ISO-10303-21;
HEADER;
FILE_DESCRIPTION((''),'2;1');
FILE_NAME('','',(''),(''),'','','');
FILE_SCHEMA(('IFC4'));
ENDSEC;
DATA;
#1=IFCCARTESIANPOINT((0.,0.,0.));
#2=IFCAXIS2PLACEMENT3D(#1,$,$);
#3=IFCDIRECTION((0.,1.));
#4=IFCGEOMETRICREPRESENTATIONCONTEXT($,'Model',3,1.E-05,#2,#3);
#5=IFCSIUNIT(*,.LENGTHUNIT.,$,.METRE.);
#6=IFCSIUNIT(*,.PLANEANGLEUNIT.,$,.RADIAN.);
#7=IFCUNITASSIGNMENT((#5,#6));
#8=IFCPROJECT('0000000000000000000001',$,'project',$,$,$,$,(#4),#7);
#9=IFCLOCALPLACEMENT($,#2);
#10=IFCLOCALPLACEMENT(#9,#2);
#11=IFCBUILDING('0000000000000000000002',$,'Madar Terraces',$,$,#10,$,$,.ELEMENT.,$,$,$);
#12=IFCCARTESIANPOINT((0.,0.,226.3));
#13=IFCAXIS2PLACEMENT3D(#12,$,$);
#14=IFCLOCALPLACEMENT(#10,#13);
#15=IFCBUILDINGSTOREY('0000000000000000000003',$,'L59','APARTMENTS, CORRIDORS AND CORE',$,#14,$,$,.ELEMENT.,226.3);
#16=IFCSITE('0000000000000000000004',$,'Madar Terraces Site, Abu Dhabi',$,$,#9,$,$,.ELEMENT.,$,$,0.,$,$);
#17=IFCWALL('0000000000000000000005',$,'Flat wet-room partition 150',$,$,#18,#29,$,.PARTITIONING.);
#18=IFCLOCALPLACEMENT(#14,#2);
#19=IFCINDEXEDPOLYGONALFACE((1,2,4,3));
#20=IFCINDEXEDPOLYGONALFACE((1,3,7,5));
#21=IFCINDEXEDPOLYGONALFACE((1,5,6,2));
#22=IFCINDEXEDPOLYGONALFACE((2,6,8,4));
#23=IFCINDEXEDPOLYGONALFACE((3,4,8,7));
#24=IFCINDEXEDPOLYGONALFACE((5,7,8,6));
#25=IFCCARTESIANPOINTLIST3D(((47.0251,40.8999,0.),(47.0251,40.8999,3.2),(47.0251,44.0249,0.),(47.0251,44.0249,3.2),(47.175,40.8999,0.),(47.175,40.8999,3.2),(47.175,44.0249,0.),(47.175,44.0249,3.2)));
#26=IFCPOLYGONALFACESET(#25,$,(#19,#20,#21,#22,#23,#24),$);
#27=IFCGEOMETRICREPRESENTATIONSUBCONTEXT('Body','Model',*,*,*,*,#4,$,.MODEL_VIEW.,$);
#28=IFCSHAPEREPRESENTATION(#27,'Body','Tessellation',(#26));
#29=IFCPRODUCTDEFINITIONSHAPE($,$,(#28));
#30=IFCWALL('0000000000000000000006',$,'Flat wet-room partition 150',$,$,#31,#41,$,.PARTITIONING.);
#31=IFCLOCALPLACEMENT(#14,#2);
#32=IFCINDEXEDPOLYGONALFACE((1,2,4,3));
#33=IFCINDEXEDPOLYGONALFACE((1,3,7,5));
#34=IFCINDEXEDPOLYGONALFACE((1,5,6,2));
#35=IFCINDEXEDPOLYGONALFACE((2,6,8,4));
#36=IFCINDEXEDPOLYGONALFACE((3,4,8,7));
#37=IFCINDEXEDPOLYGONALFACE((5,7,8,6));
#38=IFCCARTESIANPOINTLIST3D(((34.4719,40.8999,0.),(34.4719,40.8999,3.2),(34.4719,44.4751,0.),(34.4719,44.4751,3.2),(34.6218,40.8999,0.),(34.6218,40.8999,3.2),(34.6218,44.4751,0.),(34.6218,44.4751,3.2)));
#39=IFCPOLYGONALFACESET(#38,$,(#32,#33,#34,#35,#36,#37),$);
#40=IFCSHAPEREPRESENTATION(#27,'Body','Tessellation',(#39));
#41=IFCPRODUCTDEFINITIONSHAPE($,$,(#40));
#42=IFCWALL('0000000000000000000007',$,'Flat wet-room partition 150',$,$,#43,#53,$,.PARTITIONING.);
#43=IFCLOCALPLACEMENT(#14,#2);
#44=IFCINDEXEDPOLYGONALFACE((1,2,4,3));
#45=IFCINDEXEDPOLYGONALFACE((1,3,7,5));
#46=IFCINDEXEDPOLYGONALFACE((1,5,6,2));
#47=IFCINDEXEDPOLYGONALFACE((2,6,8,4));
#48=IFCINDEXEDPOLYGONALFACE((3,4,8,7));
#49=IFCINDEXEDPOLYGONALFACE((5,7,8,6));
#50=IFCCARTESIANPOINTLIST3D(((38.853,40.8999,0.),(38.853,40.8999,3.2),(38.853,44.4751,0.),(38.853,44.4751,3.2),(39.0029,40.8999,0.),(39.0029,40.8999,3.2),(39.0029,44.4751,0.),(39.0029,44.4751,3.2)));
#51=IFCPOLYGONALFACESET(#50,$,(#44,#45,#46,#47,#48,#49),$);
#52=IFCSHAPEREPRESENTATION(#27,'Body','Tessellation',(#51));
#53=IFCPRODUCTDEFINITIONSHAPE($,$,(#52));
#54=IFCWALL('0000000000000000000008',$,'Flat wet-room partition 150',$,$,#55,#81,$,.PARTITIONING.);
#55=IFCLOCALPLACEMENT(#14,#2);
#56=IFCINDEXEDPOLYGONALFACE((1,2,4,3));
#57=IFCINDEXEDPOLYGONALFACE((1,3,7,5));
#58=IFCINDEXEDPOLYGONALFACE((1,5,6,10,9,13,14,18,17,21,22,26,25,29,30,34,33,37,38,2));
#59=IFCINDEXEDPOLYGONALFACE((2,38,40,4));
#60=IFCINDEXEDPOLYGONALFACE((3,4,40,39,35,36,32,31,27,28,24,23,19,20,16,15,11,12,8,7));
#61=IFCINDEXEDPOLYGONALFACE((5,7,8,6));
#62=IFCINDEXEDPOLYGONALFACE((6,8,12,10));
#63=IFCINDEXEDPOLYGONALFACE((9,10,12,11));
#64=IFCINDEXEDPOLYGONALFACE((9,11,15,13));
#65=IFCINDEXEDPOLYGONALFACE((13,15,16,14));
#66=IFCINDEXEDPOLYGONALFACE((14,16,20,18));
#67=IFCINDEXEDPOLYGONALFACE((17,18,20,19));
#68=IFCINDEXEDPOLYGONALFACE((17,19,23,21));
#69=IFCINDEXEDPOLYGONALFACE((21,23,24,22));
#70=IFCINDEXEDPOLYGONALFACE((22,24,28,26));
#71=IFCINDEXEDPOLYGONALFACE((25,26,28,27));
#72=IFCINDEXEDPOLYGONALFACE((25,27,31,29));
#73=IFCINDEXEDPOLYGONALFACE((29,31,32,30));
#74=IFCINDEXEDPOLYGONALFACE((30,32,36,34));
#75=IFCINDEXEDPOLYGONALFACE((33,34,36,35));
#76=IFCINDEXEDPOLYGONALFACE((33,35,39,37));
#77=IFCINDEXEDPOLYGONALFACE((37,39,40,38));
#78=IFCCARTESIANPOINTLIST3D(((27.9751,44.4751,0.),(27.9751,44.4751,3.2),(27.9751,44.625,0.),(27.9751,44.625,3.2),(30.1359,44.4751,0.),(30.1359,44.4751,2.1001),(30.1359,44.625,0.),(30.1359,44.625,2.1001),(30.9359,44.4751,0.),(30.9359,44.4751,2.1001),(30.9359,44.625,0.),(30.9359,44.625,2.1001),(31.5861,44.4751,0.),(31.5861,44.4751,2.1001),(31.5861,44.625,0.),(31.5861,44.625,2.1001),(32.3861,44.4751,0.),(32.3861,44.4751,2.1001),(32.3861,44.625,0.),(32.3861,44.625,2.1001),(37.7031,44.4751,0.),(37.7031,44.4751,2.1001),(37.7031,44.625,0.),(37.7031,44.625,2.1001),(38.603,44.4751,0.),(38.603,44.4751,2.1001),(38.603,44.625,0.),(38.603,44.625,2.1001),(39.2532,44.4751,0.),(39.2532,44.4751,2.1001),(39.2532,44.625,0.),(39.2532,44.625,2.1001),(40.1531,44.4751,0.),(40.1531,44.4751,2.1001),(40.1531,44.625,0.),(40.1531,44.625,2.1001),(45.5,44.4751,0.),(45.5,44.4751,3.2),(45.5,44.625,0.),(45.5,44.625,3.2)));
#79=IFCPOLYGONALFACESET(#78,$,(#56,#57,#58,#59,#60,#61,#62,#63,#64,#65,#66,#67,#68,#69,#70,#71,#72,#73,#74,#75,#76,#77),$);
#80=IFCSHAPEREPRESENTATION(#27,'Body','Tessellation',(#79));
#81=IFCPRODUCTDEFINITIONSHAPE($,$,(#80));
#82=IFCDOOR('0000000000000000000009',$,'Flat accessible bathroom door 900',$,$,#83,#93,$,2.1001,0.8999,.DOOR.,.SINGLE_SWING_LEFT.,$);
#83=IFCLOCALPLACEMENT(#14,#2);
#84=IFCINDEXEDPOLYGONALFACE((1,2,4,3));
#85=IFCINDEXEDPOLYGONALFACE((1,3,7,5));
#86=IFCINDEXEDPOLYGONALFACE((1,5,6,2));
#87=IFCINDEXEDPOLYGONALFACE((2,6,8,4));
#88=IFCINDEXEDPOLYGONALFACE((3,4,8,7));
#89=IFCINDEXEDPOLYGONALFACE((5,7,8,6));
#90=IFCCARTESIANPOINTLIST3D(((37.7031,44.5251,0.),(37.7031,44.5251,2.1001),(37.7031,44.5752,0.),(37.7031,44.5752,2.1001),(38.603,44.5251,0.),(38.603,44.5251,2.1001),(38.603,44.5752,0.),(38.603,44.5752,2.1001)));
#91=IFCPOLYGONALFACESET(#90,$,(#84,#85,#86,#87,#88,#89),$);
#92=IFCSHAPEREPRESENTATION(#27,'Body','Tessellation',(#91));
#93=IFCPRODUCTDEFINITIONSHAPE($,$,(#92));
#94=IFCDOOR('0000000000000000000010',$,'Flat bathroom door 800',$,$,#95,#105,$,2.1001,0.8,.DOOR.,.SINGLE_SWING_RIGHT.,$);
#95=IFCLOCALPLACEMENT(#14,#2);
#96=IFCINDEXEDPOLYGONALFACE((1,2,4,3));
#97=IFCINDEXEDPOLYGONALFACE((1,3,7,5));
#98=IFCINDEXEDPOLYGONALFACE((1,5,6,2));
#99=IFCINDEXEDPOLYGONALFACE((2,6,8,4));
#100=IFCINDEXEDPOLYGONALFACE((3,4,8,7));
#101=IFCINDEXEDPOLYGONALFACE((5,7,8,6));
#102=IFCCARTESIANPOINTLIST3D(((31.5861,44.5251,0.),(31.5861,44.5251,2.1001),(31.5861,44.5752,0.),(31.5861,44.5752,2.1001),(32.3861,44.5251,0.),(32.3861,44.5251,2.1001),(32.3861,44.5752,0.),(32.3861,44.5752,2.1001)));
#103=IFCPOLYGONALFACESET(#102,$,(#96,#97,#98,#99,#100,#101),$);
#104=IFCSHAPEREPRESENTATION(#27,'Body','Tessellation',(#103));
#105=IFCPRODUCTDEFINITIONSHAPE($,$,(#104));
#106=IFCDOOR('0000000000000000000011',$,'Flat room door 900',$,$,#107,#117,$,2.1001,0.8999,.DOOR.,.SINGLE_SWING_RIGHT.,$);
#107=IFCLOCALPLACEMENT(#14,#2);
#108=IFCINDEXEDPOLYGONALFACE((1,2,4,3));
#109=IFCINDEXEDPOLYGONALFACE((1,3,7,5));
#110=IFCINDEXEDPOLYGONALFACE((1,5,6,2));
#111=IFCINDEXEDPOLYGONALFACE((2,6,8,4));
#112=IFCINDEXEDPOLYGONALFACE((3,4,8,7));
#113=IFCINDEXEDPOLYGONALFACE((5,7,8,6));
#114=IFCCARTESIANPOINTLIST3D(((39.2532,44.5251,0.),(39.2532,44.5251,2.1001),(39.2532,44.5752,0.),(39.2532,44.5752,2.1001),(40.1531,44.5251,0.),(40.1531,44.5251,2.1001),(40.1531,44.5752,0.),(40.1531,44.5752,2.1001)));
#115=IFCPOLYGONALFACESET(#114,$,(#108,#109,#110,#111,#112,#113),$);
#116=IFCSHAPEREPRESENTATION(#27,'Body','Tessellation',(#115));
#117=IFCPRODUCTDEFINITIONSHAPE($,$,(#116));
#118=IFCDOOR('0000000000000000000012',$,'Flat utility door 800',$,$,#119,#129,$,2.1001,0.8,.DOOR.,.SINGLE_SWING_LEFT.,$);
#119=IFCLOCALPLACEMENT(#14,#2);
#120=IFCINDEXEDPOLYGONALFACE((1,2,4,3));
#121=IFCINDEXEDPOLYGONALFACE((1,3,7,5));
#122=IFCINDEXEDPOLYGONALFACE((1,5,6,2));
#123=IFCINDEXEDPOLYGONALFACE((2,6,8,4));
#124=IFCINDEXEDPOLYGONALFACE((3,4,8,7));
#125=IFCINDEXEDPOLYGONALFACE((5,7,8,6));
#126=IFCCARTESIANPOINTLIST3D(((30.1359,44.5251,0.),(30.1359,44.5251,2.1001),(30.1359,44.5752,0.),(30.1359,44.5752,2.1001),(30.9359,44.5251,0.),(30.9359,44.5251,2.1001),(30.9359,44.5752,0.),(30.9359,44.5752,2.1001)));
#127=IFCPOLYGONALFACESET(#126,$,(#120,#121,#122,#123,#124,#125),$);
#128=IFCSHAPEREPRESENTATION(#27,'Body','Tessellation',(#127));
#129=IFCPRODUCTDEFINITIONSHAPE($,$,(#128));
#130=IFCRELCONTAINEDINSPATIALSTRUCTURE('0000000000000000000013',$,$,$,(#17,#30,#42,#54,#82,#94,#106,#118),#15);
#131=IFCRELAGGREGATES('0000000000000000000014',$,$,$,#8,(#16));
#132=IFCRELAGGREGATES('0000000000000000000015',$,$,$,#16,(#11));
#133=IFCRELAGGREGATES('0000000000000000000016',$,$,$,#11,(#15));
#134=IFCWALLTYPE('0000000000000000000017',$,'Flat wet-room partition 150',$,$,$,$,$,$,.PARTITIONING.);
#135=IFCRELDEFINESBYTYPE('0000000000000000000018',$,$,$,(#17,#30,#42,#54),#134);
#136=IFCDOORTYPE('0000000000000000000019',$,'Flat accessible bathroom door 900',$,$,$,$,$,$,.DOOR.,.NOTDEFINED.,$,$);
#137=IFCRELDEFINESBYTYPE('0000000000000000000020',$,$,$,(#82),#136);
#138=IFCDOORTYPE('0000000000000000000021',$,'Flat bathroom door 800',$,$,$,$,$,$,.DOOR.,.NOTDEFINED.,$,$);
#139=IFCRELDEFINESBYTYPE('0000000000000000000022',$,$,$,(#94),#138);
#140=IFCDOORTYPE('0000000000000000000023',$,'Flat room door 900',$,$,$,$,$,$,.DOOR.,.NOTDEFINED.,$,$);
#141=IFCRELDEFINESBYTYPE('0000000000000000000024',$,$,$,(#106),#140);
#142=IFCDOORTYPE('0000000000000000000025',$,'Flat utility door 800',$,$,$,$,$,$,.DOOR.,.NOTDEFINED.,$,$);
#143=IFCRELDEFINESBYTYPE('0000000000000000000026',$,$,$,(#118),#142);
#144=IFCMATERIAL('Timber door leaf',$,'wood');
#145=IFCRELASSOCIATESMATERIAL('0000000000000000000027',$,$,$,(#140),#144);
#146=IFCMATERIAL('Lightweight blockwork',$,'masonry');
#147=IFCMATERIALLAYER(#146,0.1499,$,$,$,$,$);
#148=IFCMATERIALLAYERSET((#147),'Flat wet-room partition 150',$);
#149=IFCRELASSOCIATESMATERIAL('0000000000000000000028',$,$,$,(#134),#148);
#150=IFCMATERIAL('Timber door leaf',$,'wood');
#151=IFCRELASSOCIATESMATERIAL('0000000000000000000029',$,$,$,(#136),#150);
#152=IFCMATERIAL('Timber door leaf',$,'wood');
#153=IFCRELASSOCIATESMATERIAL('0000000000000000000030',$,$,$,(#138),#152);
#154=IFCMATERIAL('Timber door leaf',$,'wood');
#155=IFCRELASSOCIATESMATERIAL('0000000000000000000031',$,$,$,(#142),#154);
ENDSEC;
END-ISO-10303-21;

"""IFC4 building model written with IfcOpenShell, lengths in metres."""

from ifc_helpers import new_model, si_unit, direction, frame, frame_2d, origin, place, context, subcontext, project, spatial, rectangle, extrude, material, layer, layer_set, type_object, element, fill, save


model = new_model("IFC4")

# Units and contexts
model_context = context("Model", 3, precision=1e-05, world=origin(), true_north=direction((0.0, 1.0)))
body_context = subcontext(model_context, "Body", "Model", "MODEL_VIEW")
ifc_project = project(units=[si_unit("LENGTHUNIT", "METRE"), si_unit("PLANEANGLEUNIT", "RADIAN")], contexts=[model_context])

# Site, building, storey
site_placement = place(None, origin())
site = spatial("IfcSite", under=ifc_project, at=site_placement, Name="Madar Terraces Site, Abu Dhabi", CompositionType="ELEMENT", RefElevation=0.0)
building_placement = place(site_placement, origin())
building = spatial("IfcBuilding", under=site, at=building_placement, Name="Madar Terraces", CompositionType="ELEMENT")
storey_placement = place(building_placement, frame((0.0, 0.0, 226.3)))
storey = spatial("IfcBuildingStorey", under=building, at=storey_placement, Name="L59", Description="APARTMENTS, CORRIDORS AND CORE", CompositionType="ELEMENT", Elevation=226.3)

# Shared definitions
ifc_material_1 = material(Name="Timber door leaf", Category="wood")
door_type_1 = type_object("IfcDoorType", Name="Flat room door 900", OperationType="NOTDEFINED", PredefinedType="DOOR", material=ifc_material_1)

# Walls
ifc_material_2 = material(Name="Lightweight blockwork", Category="masonry")
ifc_layer_1 = layer(ifc_material_2, 0.1499)
ifc_layer_set_1 = layer_set([ifc_layer_1], Name="Flat wet-room partition 150")
wall_type_1 = type_object("IfcWallType", Name="Flat wet-room partition 150", PredefinedType="PARTITIONING", material=ifc_layer_set_1)
wall_1_placement = place(storey_placement, frame((47.1001, 40.8999, 0.0), z_axis=(0.0, 0.0, 1.0), x_axis=(0.0, 1.0, 0.0)))
element("IfcWall", 1, at=wall_1_placement, inside=storey, type_object=wall_type_1, Name="Flat wet-room partition 150", PredefinedType="PARTITIONING", context=body_context, shape_type="SweptSolid", body=[
    extrude(rectangle(XDim=3.125, YDim=0.1499, at=frame_2d((1.5625, 0.0))), origin(), (0.0, 0.0, 1.0), 3.2),
])
for number, where, z_axis, x_axis, name in (
    (2, (34.5469, 40.8999, 0.0), (0.0, 0.0, 1.0), (0.0, 1.0, 0.0), "Flat wet-room partition 150"),
    (3, (38.928, 40.8999, 0.0), (0.0, 0.0, 1.0), (0.0, 1.0, 0.0), "Flat wet-room partition 150"),
):
    element("IfcWall", number, at=place(storey_placement, frame(where, z_axis=z_axis, x_axis=x_axis)), inside=storey, type_object=wall_type_1, Name=name, PredefinedType="PARTITIONING", context=body_context, shape_type="SweptSolid", body=[
        extrude(rectangle(XDim=3.5752, YDim=0.1499, at=frame_2d((1.7876, 0.0))), origin(), (0.0, 0.0, 1.0), 3.2),
    ])

# Wall, openings, doors
wall_2_placement = place(storey_placement, frame((45.5, 44.55, 0.0), z_axis=(0.0, 0.0, 1.0), x_axis=(-1.0, 0.0, 0.0)))
wall_2 = element("IfcWall", 4, at=wall_2_placement, inside=storey, type_object=wall_type_1, Name="Flat wet-room partition 150", PredefinedType="PARTITIONING", context=body_context, shape_type="SweptSolid", body=[
    extrude(rectangle(XDim=17.5249, YDim=0.1499, at=frame_2d((8.7625, 0.0))), origin(), (0.0, 0.0, 1.0), 3.2),
])
opening_1_placement = place(wall_2_placement, frame((14.5642, 0.0, 0.0)))
opening_1 = element("IfcOpeningElement", 5, at=opening_1_placement, cuts=wall_2, PredefinedType="OPENING", context=body_context, shape_type="SweptSolid", body=[
    extrude(rectangle(XDim=0.8, YDim=2.1001, at=frame_2d((0.3999, 1.05))), frame((0.0, 0.085, 0.0), z_axis=(0.0, -1.0, 0.0), x_axis=(1.0, 0.0, 0.0)), (0.0, 0.0, 1.0), 0.1699),
])
opening_2_placement = place(wall_2_placement, frame((13.114, 0.0, 0.0)))
opening_2 = element("IfcOpeningElement", 6, at=opening_2_placement, cuts=wall_2, PredefinedType="OPENING", context=body_context, shape_type="SweptSolid", body=[
    extrude(rectangle(XDim=0.8, YDim=2.1001, at=frame_2d((0.3999, 1.05))), frame((0.0, 0.085, 0.0), z_axis=(0.0, -1.0, 0.0), x_axis=(1.0, 0.0, 0.0)), (0.0, 0.0, 1.0), 0.1699),
])
opening_3_placement = place(wall_2_placement, frame((6.897, 0.0, 0.0)))
opening_3 = element("IfcOpeningElement", 7, at=opening_3_placement, cuts=wall_2, PredefinedType="OPENING", context=body_context, shape_type="SweptSolid", body=[
    extrude(rectangle(XDim=0.8999, YDim=2.1001, at=frame_2d((0.45, 1.05))), frame((0.0, 0.085, 0.0), z_axis=(0.0, -1.0, 0.0), x_axis=(1.0, 0.0, 0.0)), (0.0, 0.0, 1.0), 0.1699),
])
opening_4_placement = place(wall_2_placement, frame((5.3469, 0.0, 0.0)))
opening_4 = element("IfcOpeningElement", 8, at=opening_4_placement, cuts=wall_2, PredefinedType="OPENING", context=body_context, shape_type="SweptSolid", body=[
    extrude(rectangle(XDim=0.8999, YDim=2.1001, at=frame_2d((0.45, 1.05))), frame((0.0, 0.085, 0.0), z_axis=(0.0, -1.0, 0.0), x_axis=(1.0, 0.0, 0.0)), (0.0, 0.0, 1.0), 0.1699),
])
ifc_material_3 = material(Name="Timber door leaf", Category="wood")
door_type_2 = type_object("IfcDoorType", Name="Flat accessible bathroom door 900", OperationType="NOTDEFINED", PredefinedType="DOOR", material=ifc_material_3)
door_1_placement = place(opening_3_placement, origin())
door_1 = element("IfcDoor", 9, at=door_1_placement, inside=storey, type_object=door_type_2, Name="Flat accessible bathroom door 900", OperationType="SINGLE_SWING_LEFT", OverallHeight=2.1001, OverallWidth=0.8999, PredefinedType="DOOR", context=body_context, shape_type="SweptSolid", body=[
    extrude(rectangle(XDim=0.8999, YDim=2.1001, at=frame_2d((0.45, 1.05))), frame((0.0, 0.0249, 0.0), z_axis=(0.0, -1.0, 0.0), x_axis=(1.0, 0.0, 0.0)), (0.0, 0.0, 1.0), 0.05),
])
fill(opening_3, door_1)
ifc_material_4 = material(Name="Timber door leaf", Category="wood")
door_type_3 = type_object("IfcDoorType", Name="Flat bathroom door 800", OperationType="NOTDEFINED", PredefinedType="DOOR", material=ifc_material_4)
door_2_placement = place(opening_2_placement, origin())
door_2 = element("IfcDoor", 10, at=door_2_placement, inside=storey, type_object=door_type_3, Name="Flat bathroom door 800", OperationType="SINGLE_SWING_RIGHT", OverallHeight=2.1001, OverallWidth=0.8, PredefinedType="DOOR", context=body_context, shape_type="SweptSolid", body=[
    extrude(rectangle(XDim=0.8, YDim=2.1001, at=frame_2d((0.3999, 1.05))), frame((0.0, 0.0249, 0.0), z_axis=(0.0, -1.0, 0.0), x_axis=(1.0, 0.0, 0.0)), (0.0, 0.0, 1.0), 0.05),
])
fill(opening_2, door_2)
door_3_placement = place(opening_4_placement, origin())
door_3 = element("IfcDoor", 11, at=door_3_placement, inside=storey, type_object=door_type_1, Name="Flat room door 900", OperationType="SINGLE_SWING_RIGHT", OverallHeight=2.1001, OverallWidth=0.8999, PredefinedType="DOOR", context=body_context, shape_type="SweptSolid", body=[
    extrude(rectangle(XDim=0.8999, YDim=2.1001, at=frame_2d((0.45, 1.05))), frame((0.0, 0.0249, 0.0), z_axis=(0.0, -1.0, 0.0), x_axis=(1.0, 0.0, 0.0)), (0.0, 0.0, 1.0), 0.05),
])
fill(opening_4, door_3)
ifc_material_5 = material(Name="Timber door leaf", Category="wood")
door_type_4 = type_object("IfcDoorType", Name="Flat utility door 800", OperationType="NOTDEFINED", PredefinedType="DOOR", material=ifc_material_5)
door_4_placement = place(opening_1_placement, origin())
door_4 = element("IfcDoor", 12, at=door_4_placement, inside=storey, type_object=door_type_4, Name="Flat utility door 800", OperationType="SINGLE_SWING_LEFT", OverallHeight=2.1001, OverallWidth=0.8, PredefinedType="DOOR", context=body_context, shape_type="SweptSolid", body=[
    extrude(rectangle(XDim=0.8, YDim=2.1001, at=frame_2d((0.3999, 1.05))), frame((0.0, 0.0249, 0.0), z_axis=(0.0, -1.0, 0.0), x_axis=(1.0, 0.0, 0.0)), (0.0, 0.0, 1.0), 0.05),
])
fill(opening_1, door_4)

save(model, "model.ifc")
